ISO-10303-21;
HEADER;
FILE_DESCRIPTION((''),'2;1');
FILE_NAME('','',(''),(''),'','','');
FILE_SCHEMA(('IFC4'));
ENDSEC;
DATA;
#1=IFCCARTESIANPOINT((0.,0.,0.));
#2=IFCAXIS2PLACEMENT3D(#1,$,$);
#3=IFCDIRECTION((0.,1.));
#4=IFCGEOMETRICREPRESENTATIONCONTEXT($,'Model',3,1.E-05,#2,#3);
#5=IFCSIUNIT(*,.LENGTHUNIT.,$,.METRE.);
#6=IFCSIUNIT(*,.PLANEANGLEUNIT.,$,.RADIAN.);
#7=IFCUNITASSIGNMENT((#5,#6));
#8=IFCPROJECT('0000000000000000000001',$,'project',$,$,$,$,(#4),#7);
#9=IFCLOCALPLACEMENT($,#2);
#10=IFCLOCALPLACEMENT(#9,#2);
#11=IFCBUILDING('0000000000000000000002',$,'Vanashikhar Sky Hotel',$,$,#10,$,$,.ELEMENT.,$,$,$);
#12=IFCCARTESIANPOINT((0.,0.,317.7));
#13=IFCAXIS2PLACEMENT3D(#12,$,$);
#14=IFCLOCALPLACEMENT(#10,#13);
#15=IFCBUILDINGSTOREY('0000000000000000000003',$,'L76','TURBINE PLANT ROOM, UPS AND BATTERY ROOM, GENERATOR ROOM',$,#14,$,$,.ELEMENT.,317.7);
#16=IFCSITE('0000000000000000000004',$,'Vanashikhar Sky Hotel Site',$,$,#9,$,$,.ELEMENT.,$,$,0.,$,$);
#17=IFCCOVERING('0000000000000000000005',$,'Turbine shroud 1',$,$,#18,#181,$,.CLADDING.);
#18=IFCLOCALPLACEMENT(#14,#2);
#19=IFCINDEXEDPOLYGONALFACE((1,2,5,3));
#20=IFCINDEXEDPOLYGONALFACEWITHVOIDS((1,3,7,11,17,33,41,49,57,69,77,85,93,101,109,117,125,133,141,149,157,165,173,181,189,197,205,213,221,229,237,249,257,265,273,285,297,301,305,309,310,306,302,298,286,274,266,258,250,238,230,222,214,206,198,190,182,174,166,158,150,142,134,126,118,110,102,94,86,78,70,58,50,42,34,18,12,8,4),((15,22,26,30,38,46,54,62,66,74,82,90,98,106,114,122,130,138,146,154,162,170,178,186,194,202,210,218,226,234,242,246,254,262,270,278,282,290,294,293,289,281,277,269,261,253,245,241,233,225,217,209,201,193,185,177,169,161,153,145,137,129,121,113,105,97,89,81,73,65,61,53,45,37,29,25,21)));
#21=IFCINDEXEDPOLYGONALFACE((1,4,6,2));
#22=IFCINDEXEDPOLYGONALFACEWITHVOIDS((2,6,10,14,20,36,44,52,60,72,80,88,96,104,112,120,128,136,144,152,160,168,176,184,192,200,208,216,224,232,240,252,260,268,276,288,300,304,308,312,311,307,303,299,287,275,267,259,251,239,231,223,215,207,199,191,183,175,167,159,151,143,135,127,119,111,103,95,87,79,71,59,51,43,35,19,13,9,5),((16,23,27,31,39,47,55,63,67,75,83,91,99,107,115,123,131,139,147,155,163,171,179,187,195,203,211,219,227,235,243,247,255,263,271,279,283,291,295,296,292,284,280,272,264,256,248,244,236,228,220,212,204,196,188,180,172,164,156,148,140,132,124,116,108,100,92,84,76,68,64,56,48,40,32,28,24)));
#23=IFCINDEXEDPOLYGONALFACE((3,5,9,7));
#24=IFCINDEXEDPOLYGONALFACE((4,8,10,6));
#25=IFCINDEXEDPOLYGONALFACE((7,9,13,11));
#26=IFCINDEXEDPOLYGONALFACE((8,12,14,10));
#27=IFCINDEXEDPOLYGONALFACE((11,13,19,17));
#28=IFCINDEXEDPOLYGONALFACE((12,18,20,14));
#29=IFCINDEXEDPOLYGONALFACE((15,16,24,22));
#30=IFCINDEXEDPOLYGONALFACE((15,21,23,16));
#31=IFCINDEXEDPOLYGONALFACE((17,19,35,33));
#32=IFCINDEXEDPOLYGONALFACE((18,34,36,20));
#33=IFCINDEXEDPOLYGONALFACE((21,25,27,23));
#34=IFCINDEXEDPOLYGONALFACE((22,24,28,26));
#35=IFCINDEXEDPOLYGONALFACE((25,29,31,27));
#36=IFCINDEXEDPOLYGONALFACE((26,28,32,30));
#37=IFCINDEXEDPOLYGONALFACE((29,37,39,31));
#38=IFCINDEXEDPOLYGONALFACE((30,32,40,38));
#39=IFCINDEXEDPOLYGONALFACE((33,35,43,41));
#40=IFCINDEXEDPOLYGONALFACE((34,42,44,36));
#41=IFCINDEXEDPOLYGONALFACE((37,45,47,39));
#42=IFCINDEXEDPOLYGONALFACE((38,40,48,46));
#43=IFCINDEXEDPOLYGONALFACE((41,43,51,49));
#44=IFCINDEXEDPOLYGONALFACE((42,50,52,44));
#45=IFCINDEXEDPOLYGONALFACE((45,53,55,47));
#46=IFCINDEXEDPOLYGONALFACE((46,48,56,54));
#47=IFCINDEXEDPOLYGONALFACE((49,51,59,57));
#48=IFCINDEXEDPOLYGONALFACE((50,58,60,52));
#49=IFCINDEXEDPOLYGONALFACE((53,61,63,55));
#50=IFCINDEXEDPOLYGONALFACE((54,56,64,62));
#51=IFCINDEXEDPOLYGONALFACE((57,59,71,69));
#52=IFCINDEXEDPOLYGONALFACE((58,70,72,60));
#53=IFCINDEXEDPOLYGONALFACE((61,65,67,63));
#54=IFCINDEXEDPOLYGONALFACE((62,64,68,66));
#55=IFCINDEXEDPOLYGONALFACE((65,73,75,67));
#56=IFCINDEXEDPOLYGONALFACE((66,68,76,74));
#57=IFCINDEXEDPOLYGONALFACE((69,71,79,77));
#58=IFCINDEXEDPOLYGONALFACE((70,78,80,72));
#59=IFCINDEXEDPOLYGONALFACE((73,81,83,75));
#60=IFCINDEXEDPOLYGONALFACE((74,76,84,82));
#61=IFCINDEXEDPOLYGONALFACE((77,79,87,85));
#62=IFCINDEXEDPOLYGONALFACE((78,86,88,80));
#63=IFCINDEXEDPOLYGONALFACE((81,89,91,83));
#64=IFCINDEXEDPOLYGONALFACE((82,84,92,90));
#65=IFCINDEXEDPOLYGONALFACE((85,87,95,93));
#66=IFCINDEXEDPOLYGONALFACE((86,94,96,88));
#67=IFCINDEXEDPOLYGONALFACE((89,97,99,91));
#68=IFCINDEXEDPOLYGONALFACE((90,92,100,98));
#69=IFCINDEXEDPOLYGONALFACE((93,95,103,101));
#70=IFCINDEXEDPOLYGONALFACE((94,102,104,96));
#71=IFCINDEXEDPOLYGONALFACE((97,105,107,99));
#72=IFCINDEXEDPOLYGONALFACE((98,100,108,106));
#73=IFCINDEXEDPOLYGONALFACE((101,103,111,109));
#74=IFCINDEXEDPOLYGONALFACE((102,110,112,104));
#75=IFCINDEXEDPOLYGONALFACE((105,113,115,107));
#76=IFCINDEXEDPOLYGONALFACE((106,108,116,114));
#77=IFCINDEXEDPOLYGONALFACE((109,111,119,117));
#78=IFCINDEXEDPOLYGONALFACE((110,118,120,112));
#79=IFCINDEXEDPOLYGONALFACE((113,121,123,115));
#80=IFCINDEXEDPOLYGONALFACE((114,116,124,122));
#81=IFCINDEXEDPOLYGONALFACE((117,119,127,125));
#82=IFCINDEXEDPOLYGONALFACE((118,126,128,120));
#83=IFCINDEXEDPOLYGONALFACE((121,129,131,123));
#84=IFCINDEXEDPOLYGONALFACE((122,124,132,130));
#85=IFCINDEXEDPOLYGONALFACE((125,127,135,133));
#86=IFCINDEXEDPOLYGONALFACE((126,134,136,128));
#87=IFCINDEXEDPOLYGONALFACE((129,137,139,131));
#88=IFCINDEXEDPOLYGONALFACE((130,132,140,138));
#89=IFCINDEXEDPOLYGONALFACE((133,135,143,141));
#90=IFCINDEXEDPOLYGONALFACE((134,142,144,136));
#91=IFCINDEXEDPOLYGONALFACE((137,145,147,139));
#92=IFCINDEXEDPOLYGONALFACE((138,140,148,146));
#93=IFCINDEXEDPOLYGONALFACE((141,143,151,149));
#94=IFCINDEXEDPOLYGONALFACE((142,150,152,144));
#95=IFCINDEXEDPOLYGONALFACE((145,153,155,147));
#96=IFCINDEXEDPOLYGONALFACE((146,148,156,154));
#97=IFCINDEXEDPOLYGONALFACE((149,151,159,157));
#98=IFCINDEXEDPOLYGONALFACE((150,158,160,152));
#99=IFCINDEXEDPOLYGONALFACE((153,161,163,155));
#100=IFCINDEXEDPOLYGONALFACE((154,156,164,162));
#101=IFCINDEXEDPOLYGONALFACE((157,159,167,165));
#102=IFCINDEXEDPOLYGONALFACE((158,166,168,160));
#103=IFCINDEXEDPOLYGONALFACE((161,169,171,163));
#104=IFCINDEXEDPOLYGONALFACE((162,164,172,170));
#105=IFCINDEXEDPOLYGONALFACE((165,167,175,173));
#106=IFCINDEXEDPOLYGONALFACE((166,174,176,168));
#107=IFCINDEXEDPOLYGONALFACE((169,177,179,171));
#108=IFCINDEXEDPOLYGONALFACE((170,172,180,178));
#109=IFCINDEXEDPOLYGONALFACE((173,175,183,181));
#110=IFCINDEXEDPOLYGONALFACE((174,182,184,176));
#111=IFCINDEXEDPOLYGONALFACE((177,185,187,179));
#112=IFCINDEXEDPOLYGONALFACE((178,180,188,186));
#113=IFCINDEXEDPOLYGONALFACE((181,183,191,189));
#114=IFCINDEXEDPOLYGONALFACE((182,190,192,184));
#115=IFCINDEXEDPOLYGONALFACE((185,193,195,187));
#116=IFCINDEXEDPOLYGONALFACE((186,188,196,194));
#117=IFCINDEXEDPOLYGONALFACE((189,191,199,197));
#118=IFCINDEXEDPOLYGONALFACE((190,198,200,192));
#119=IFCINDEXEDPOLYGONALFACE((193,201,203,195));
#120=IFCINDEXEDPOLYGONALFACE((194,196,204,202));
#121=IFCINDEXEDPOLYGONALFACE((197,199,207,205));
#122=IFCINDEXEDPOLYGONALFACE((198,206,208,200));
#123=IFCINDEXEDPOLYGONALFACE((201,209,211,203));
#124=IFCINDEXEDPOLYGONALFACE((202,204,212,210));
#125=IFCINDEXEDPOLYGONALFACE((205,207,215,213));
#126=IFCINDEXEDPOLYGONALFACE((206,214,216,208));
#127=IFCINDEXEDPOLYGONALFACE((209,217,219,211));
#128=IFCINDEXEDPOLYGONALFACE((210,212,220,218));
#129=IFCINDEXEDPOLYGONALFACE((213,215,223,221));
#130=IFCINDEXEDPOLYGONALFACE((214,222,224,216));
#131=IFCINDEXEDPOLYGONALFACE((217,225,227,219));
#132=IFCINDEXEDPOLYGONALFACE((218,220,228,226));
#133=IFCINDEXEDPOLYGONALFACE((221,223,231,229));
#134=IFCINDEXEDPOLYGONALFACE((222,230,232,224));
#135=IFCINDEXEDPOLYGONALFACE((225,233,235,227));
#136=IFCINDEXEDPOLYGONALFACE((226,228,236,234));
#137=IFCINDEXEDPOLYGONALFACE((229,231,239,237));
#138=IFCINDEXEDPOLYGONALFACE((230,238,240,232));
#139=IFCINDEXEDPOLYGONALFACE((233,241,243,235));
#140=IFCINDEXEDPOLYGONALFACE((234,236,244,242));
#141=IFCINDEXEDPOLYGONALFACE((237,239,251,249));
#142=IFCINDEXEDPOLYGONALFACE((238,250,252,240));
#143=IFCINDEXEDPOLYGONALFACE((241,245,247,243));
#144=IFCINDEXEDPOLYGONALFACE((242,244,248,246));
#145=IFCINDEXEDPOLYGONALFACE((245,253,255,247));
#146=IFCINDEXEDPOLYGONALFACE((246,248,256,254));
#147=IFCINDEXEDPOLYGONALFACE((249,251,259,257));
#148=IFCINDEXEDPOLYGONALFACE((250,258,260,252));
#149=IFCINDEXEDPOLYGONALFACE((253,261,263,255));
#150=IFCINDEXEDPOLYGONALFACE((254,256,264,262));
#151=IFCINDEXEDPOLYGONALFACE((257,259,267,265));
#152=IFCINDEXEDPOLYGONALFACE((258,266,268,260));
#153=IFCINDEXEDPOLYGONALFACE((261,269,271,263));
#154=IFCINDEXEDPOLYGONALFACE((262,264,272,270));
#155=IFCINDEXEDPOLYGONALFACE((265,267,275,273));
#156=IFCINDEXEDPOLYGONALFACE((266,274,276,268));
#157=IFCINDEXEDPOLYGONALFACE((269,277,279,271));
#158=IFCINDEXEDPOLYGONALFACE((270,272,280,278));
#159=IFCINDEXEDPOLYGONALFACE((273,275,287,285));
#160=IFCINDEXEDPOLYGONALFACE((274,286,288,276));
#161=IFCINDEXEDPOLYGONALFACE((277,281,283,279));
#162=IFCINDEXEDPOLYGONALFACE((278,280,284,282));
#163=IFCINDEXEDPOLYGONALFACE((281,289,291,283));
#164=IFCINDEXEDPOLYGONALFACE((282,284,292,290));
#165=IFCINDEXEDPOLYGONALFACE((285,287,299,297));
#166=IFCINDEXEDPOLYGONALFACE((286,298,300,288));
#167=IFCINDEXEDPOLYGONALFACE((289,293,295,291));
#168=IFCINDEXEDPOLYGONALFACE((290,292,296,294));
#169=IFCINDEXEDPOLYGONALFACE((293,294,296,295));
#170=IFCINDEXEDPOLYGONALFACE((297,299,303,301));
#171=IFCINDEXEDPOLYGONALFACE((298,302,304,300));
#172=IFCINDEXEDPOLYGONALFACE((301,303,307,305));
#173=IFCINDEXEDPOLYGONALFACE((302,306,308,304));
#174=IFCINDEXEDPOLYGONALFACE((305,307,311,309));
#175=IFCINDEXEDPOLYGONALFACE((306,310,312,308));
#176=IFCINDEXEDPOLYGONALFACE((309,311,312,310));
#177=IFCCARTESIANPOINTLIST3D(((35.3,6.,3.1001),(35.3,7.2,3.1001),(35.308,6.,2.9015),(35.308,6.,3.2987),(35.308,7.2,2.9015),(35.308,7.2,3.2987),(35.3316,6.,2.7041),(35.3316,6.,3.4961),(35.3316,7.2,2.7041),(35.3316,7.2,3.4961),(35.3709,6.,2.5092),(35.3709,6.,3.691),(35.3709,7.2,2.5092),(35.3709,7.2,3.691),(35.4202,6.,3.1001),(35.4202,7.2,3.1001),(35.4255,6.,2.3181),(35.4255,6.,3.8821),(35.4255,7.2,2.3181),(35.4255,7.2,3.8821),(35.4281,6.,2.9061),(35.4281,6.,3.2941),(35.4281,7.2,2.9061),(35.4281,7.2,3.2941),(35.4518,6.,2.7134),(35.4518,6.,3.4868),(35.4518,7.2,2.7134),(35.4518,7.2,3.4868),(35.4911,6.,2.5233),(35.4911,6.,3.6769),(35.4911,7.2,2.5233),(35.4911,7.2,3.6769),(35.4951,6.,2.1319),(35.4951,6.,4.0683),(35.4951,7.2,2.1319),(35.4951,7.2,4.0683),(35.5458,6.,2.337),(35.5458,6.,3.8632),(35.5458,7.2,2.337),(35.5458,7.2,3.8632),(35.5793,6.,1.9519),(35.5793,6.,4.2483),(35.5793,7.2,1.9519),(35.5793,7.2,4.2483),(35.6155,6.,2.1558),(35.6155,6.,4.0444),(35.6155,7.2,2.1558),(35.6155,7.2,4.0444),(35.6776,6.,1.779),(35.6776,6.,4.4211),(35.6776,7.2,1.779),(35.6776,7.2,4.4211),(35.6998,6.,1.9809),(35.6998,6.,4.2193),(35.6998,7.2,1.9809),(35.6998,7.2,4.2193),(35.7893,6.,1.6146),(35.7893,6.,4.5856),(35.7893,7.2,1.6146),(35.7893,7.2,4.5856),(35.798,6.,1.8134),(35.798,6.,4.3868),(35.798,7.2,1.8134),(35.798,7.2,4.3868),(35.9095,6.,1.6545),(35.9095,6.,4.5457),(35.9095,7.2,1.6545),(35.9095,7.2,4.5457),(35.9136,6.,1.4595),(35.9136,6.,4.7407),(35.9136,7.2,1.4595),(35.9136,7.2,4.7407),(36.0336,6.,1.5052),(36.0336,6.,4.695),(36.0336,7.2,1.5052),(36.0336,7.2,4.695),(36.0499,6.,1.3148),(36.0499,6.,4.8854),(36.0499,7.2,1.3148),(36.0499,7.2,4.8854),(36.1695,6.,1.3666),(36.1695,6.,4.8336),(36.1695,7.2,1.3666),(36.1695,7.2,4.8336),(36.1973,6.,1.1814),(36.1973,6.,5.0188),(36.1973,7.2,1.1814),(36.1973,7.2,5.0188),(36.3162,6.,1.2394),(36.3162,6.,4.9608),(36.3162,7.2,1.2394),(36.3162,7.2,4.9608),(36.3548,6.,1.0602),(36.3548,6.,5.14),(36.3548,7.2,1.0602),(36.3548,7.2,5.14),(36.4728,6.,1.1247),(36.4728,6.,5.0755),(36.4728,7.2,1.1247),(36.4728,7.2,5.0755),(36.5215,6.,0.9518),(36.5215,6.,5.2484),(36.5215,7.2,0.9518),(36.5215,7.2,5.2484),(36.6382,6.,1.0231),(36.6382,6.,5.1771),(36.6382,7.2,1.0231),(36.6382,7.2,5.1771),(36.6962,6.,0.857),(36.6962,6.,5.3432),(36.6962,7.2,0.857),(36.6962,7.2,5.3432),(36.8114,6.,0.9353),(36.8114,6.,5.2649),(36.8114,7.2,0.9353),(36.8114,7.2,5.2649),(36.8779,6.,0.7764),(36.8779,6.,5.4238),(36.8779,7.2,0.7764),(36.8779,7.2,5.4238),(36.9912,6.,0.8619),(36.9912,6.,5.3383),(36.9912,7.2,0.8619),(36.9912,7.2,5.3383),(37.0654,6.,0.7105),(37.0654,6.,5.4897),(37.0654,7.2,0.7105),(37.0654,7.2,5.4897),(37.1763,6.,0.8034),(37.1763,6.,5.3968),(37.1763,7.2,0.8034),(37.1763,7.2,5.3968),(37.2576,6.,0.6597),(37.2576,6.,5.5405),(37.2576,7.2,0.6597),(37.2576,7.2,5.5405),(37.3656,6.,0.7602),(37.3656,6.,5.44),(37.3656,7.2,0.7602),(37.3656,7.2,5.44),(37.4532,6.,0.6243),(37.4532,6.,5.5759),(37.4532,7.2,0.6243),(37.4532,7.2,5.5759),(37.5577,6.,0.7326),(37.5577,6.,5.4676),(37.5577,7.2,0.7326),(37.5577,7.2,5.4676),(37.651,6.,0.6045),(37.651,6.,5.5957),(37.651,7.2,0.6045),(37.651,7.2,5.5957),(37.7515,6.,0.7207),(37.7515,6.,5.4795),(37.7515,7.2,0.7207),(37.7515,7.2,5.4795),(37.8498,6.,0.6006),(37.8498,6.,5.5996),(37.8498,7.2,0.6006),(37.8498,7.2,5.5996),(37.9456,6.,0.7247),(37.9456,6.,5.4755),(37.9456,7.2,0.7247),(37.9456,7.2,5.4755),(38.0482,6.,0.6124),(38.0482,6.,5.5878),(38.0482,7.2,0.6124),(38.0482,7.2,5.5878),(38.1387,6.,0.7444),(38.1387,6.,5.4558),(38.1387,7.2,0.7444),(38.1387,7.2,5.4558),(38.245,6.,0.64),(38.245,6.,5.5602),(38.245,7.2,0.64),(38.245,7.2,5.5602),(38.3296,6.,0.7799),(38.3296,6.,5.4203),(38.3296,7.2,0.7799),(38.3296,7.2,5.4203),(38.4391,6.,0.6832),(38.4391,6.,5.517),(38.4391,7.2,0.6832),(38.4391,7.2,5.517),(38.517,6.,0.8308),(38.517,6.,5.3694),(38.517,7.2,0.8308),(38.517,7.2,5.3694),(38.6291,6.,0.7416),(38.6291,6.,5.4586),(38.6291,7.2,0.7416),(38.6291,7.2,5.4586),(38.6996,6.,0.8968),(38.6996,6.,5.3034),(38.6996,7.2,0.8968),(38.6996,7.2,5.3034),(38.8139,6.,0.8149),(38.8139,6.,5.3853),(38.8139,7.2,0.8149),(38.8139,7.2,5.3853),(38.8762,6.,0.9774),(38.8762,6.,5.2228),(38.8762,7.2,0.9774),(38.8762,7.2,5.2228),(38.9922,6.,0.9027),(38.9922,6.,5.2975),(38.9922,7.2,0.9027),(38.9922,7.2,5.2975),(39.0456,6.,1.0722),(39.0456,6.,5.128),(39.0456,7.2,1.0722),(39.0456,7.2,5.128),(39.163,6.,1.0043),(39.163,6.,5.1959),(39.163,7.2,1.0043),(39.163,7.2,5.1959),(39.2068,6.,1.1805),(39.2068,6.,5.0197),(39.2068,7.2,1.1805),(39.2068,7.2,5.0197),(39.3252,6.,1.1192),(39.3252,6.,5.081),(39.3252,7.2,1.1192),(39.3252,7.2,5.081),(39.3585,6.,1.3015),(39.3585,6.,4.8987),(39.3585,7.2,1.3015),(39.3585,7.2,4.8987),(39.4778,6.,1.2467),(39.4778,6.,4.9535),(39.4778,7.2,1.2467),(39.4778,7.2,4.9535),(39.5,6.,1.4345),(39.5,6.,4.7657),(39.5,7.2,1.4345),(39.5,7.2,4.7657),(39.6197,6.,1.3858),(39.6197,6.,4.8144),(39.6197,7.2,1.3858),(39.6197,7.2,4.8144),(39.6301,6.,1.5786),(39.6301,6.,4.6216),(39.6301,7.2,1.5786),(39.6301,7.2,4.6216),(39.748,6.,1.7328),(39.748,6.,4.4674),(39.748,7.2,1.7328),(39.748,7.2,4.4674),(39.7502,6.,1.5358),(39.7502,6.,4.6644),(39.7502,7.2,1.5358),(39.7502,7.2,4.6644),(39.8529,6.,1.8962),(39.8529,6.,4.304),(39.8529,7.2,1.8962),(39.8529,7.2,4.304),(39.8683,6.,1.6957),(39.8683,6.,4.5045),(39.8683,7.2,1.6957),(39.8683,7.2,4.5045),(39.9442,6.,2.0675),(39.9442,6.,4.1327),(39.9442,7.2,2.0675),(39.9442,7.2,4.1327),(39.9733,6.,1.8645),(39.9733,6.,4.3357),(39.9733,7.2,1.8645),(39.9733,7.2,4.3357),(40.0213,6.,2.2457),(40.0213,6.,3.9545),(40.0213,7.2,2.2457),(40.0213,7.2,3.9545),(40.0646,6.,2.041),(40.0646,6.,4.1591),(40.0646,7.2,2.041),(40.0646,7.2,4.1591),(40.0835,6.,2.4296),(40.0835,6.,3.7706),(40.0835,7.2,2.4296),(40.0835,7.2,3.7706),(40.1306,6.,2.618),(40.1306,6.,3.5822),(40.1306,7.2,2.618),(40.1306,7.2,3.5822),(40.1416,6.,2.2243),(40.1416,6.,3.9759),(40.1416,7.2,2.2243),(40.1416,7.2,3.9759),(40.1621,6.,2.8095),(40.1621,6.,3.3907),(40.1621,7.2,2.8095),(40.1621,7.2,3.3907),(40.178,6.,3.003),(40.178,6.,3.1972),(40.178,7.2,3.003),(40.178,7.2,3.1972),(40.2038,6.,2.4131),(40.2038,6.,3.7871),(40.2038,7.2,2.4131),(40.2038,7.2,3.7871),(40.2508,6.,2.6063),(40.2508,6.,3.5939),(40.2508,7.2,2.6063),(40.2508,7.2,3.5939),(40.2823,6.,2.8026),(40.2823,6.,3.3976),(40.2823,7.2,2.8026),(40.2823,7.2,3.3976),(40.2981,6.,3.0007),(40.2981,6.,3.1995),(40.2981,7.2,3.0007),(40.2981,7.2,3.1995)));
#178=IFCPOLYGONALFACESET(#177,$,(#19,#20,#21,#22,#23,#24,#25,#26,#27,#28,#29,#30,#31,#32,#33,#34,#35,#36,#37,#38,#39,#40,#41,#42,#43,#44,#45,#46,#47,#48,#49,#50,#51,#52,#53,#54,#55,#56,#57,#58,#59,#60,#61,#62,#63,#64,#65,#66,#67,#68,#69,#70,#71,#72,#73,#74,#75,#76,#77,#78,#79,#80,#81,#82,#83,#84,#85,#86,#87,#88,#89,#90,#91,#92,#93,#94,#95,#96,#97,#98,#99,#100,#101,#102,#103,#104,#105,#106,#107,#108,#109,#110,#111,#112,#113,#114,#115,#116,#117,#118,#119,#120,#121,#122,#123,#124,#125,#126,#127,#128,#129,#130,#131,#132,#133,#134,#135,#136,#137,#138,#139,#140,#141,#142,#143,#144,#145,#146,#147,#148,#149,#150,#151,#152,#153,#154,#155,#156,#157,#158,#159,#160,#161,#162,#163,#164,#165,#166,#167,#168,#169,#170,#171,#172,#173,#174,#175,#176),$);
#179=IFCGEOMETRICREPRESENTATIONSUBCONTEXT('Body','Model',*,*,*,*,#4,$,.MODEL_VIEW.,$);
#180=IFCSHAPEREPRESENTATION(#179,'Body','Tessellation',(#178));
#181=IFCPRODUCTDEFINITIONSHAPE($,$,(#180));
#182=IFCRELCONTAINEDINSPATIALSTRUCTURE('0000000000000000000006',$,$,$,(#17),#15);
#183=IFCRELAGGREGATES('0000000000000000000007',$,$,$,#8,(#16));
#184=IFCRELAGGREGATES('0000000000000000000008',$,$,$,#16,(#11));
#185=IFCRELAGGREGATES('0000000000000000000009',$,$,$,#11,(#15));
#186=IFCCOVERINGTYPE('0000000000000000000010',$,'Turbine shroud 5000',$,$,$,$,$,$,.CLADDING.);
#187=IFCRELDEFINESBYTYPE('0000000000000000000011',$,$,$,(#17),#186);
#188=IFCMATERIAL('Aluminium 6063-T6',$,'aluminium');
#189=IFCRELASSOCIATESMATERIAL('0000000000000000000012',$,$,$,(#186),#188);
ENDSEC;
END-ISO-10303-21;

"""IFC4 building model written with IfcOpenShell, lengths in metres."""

from ifc_helpers import new_model, si_unit, direction, frame, origin, origin_2d, place, context, subcontext, project, spatial, hollow_circle, extrude, source, transform, mapped, material, material_profile, profile_set, type_object, element, save


model = new_model("IFC4")

# Units and contexts
model_context = context("Model", 3, precision=1e-05, world=origin(), true_north=direction((0.0, 1.0)))
body_context = subcontext(model_context, "Body", "Model", "MODEL_VIEW")
ifc_project = project(units=[si_unit("LENGTHUNIT", "METRE"), si_unit("PLANEANGLEUNIT", "RADIAN")], contexts=[model_context])

# Site, building, storey
site_placement = place(None, origin())
site = spatial("IfcSite", under=ifc_project, at=site_placement, Name="Vanashikhar Sky Hotel Site", CompositionType="ELEMENT", RefElevation=0.0)
building_placement = place(site_placement, origin())
building = spatial("IfcBuilding", under=site, at=building_placement, Name="Vanashikhar Sky Hotel", CompositionType="ELEMENT")
storey_placement = place(building_placement, frame((0.0, 0.0, 317.7)))
storey = spatial("IfcBuildingStorey", under=building, at=storey_placement, Name="L76", Description="TURBINE PLANT ROOM, UPS AND BATTERY ROOM, GENERATOR ROOM", CompositionType="ELEMENT", Elevation=317.7)

# Covering
ifc_material_1 = material(Name="Aluminium 6063-T6", Category="aluminium")
ifc_material_profile_1 = material_profile(ifc_material_1, hollow_circle(Radius=2.5, WallThickness=0.1201, at=origin_2d()))
ifc_profile_set_1 = profile_set([ifc_material_profile_1], Name="Turbine shroud 5000")
covering_type_1 = type_object("IfcCoveringType", Name="Turbine shroud 5000", PredefinedType="CLADDING", material=ifc_profile_set_1)
shared_shape_1 = source(origin(), body_context, "Body", "SweptSolid", [
    extrude(hollow_circle(Radius=2.5, WallThickness=0.1201, at=origin_2d()), origin(), (0.0, 0.0, 1.0), 1.2),
])
covering_1_placement = place(storey_placement, frame((37.8, 6.0, 3.1001), z_axis=(0.0, 1.0, 0.0), x_axis=(-1.0, 0.0, 0.0)))
element("IfcCovering", 1, at=covering_1_placement, inside=storey, type_object=covering_type_1, Name="Turbine shroud 1", PredefinedType="CLADDING", context=body_context, shape_type="MappedRepresentation", body=[
    mapped(shared_shape_1, transform((0.0, 0.0, 0.0), scale=1.0)),
])

save(model, "model.ifc")
